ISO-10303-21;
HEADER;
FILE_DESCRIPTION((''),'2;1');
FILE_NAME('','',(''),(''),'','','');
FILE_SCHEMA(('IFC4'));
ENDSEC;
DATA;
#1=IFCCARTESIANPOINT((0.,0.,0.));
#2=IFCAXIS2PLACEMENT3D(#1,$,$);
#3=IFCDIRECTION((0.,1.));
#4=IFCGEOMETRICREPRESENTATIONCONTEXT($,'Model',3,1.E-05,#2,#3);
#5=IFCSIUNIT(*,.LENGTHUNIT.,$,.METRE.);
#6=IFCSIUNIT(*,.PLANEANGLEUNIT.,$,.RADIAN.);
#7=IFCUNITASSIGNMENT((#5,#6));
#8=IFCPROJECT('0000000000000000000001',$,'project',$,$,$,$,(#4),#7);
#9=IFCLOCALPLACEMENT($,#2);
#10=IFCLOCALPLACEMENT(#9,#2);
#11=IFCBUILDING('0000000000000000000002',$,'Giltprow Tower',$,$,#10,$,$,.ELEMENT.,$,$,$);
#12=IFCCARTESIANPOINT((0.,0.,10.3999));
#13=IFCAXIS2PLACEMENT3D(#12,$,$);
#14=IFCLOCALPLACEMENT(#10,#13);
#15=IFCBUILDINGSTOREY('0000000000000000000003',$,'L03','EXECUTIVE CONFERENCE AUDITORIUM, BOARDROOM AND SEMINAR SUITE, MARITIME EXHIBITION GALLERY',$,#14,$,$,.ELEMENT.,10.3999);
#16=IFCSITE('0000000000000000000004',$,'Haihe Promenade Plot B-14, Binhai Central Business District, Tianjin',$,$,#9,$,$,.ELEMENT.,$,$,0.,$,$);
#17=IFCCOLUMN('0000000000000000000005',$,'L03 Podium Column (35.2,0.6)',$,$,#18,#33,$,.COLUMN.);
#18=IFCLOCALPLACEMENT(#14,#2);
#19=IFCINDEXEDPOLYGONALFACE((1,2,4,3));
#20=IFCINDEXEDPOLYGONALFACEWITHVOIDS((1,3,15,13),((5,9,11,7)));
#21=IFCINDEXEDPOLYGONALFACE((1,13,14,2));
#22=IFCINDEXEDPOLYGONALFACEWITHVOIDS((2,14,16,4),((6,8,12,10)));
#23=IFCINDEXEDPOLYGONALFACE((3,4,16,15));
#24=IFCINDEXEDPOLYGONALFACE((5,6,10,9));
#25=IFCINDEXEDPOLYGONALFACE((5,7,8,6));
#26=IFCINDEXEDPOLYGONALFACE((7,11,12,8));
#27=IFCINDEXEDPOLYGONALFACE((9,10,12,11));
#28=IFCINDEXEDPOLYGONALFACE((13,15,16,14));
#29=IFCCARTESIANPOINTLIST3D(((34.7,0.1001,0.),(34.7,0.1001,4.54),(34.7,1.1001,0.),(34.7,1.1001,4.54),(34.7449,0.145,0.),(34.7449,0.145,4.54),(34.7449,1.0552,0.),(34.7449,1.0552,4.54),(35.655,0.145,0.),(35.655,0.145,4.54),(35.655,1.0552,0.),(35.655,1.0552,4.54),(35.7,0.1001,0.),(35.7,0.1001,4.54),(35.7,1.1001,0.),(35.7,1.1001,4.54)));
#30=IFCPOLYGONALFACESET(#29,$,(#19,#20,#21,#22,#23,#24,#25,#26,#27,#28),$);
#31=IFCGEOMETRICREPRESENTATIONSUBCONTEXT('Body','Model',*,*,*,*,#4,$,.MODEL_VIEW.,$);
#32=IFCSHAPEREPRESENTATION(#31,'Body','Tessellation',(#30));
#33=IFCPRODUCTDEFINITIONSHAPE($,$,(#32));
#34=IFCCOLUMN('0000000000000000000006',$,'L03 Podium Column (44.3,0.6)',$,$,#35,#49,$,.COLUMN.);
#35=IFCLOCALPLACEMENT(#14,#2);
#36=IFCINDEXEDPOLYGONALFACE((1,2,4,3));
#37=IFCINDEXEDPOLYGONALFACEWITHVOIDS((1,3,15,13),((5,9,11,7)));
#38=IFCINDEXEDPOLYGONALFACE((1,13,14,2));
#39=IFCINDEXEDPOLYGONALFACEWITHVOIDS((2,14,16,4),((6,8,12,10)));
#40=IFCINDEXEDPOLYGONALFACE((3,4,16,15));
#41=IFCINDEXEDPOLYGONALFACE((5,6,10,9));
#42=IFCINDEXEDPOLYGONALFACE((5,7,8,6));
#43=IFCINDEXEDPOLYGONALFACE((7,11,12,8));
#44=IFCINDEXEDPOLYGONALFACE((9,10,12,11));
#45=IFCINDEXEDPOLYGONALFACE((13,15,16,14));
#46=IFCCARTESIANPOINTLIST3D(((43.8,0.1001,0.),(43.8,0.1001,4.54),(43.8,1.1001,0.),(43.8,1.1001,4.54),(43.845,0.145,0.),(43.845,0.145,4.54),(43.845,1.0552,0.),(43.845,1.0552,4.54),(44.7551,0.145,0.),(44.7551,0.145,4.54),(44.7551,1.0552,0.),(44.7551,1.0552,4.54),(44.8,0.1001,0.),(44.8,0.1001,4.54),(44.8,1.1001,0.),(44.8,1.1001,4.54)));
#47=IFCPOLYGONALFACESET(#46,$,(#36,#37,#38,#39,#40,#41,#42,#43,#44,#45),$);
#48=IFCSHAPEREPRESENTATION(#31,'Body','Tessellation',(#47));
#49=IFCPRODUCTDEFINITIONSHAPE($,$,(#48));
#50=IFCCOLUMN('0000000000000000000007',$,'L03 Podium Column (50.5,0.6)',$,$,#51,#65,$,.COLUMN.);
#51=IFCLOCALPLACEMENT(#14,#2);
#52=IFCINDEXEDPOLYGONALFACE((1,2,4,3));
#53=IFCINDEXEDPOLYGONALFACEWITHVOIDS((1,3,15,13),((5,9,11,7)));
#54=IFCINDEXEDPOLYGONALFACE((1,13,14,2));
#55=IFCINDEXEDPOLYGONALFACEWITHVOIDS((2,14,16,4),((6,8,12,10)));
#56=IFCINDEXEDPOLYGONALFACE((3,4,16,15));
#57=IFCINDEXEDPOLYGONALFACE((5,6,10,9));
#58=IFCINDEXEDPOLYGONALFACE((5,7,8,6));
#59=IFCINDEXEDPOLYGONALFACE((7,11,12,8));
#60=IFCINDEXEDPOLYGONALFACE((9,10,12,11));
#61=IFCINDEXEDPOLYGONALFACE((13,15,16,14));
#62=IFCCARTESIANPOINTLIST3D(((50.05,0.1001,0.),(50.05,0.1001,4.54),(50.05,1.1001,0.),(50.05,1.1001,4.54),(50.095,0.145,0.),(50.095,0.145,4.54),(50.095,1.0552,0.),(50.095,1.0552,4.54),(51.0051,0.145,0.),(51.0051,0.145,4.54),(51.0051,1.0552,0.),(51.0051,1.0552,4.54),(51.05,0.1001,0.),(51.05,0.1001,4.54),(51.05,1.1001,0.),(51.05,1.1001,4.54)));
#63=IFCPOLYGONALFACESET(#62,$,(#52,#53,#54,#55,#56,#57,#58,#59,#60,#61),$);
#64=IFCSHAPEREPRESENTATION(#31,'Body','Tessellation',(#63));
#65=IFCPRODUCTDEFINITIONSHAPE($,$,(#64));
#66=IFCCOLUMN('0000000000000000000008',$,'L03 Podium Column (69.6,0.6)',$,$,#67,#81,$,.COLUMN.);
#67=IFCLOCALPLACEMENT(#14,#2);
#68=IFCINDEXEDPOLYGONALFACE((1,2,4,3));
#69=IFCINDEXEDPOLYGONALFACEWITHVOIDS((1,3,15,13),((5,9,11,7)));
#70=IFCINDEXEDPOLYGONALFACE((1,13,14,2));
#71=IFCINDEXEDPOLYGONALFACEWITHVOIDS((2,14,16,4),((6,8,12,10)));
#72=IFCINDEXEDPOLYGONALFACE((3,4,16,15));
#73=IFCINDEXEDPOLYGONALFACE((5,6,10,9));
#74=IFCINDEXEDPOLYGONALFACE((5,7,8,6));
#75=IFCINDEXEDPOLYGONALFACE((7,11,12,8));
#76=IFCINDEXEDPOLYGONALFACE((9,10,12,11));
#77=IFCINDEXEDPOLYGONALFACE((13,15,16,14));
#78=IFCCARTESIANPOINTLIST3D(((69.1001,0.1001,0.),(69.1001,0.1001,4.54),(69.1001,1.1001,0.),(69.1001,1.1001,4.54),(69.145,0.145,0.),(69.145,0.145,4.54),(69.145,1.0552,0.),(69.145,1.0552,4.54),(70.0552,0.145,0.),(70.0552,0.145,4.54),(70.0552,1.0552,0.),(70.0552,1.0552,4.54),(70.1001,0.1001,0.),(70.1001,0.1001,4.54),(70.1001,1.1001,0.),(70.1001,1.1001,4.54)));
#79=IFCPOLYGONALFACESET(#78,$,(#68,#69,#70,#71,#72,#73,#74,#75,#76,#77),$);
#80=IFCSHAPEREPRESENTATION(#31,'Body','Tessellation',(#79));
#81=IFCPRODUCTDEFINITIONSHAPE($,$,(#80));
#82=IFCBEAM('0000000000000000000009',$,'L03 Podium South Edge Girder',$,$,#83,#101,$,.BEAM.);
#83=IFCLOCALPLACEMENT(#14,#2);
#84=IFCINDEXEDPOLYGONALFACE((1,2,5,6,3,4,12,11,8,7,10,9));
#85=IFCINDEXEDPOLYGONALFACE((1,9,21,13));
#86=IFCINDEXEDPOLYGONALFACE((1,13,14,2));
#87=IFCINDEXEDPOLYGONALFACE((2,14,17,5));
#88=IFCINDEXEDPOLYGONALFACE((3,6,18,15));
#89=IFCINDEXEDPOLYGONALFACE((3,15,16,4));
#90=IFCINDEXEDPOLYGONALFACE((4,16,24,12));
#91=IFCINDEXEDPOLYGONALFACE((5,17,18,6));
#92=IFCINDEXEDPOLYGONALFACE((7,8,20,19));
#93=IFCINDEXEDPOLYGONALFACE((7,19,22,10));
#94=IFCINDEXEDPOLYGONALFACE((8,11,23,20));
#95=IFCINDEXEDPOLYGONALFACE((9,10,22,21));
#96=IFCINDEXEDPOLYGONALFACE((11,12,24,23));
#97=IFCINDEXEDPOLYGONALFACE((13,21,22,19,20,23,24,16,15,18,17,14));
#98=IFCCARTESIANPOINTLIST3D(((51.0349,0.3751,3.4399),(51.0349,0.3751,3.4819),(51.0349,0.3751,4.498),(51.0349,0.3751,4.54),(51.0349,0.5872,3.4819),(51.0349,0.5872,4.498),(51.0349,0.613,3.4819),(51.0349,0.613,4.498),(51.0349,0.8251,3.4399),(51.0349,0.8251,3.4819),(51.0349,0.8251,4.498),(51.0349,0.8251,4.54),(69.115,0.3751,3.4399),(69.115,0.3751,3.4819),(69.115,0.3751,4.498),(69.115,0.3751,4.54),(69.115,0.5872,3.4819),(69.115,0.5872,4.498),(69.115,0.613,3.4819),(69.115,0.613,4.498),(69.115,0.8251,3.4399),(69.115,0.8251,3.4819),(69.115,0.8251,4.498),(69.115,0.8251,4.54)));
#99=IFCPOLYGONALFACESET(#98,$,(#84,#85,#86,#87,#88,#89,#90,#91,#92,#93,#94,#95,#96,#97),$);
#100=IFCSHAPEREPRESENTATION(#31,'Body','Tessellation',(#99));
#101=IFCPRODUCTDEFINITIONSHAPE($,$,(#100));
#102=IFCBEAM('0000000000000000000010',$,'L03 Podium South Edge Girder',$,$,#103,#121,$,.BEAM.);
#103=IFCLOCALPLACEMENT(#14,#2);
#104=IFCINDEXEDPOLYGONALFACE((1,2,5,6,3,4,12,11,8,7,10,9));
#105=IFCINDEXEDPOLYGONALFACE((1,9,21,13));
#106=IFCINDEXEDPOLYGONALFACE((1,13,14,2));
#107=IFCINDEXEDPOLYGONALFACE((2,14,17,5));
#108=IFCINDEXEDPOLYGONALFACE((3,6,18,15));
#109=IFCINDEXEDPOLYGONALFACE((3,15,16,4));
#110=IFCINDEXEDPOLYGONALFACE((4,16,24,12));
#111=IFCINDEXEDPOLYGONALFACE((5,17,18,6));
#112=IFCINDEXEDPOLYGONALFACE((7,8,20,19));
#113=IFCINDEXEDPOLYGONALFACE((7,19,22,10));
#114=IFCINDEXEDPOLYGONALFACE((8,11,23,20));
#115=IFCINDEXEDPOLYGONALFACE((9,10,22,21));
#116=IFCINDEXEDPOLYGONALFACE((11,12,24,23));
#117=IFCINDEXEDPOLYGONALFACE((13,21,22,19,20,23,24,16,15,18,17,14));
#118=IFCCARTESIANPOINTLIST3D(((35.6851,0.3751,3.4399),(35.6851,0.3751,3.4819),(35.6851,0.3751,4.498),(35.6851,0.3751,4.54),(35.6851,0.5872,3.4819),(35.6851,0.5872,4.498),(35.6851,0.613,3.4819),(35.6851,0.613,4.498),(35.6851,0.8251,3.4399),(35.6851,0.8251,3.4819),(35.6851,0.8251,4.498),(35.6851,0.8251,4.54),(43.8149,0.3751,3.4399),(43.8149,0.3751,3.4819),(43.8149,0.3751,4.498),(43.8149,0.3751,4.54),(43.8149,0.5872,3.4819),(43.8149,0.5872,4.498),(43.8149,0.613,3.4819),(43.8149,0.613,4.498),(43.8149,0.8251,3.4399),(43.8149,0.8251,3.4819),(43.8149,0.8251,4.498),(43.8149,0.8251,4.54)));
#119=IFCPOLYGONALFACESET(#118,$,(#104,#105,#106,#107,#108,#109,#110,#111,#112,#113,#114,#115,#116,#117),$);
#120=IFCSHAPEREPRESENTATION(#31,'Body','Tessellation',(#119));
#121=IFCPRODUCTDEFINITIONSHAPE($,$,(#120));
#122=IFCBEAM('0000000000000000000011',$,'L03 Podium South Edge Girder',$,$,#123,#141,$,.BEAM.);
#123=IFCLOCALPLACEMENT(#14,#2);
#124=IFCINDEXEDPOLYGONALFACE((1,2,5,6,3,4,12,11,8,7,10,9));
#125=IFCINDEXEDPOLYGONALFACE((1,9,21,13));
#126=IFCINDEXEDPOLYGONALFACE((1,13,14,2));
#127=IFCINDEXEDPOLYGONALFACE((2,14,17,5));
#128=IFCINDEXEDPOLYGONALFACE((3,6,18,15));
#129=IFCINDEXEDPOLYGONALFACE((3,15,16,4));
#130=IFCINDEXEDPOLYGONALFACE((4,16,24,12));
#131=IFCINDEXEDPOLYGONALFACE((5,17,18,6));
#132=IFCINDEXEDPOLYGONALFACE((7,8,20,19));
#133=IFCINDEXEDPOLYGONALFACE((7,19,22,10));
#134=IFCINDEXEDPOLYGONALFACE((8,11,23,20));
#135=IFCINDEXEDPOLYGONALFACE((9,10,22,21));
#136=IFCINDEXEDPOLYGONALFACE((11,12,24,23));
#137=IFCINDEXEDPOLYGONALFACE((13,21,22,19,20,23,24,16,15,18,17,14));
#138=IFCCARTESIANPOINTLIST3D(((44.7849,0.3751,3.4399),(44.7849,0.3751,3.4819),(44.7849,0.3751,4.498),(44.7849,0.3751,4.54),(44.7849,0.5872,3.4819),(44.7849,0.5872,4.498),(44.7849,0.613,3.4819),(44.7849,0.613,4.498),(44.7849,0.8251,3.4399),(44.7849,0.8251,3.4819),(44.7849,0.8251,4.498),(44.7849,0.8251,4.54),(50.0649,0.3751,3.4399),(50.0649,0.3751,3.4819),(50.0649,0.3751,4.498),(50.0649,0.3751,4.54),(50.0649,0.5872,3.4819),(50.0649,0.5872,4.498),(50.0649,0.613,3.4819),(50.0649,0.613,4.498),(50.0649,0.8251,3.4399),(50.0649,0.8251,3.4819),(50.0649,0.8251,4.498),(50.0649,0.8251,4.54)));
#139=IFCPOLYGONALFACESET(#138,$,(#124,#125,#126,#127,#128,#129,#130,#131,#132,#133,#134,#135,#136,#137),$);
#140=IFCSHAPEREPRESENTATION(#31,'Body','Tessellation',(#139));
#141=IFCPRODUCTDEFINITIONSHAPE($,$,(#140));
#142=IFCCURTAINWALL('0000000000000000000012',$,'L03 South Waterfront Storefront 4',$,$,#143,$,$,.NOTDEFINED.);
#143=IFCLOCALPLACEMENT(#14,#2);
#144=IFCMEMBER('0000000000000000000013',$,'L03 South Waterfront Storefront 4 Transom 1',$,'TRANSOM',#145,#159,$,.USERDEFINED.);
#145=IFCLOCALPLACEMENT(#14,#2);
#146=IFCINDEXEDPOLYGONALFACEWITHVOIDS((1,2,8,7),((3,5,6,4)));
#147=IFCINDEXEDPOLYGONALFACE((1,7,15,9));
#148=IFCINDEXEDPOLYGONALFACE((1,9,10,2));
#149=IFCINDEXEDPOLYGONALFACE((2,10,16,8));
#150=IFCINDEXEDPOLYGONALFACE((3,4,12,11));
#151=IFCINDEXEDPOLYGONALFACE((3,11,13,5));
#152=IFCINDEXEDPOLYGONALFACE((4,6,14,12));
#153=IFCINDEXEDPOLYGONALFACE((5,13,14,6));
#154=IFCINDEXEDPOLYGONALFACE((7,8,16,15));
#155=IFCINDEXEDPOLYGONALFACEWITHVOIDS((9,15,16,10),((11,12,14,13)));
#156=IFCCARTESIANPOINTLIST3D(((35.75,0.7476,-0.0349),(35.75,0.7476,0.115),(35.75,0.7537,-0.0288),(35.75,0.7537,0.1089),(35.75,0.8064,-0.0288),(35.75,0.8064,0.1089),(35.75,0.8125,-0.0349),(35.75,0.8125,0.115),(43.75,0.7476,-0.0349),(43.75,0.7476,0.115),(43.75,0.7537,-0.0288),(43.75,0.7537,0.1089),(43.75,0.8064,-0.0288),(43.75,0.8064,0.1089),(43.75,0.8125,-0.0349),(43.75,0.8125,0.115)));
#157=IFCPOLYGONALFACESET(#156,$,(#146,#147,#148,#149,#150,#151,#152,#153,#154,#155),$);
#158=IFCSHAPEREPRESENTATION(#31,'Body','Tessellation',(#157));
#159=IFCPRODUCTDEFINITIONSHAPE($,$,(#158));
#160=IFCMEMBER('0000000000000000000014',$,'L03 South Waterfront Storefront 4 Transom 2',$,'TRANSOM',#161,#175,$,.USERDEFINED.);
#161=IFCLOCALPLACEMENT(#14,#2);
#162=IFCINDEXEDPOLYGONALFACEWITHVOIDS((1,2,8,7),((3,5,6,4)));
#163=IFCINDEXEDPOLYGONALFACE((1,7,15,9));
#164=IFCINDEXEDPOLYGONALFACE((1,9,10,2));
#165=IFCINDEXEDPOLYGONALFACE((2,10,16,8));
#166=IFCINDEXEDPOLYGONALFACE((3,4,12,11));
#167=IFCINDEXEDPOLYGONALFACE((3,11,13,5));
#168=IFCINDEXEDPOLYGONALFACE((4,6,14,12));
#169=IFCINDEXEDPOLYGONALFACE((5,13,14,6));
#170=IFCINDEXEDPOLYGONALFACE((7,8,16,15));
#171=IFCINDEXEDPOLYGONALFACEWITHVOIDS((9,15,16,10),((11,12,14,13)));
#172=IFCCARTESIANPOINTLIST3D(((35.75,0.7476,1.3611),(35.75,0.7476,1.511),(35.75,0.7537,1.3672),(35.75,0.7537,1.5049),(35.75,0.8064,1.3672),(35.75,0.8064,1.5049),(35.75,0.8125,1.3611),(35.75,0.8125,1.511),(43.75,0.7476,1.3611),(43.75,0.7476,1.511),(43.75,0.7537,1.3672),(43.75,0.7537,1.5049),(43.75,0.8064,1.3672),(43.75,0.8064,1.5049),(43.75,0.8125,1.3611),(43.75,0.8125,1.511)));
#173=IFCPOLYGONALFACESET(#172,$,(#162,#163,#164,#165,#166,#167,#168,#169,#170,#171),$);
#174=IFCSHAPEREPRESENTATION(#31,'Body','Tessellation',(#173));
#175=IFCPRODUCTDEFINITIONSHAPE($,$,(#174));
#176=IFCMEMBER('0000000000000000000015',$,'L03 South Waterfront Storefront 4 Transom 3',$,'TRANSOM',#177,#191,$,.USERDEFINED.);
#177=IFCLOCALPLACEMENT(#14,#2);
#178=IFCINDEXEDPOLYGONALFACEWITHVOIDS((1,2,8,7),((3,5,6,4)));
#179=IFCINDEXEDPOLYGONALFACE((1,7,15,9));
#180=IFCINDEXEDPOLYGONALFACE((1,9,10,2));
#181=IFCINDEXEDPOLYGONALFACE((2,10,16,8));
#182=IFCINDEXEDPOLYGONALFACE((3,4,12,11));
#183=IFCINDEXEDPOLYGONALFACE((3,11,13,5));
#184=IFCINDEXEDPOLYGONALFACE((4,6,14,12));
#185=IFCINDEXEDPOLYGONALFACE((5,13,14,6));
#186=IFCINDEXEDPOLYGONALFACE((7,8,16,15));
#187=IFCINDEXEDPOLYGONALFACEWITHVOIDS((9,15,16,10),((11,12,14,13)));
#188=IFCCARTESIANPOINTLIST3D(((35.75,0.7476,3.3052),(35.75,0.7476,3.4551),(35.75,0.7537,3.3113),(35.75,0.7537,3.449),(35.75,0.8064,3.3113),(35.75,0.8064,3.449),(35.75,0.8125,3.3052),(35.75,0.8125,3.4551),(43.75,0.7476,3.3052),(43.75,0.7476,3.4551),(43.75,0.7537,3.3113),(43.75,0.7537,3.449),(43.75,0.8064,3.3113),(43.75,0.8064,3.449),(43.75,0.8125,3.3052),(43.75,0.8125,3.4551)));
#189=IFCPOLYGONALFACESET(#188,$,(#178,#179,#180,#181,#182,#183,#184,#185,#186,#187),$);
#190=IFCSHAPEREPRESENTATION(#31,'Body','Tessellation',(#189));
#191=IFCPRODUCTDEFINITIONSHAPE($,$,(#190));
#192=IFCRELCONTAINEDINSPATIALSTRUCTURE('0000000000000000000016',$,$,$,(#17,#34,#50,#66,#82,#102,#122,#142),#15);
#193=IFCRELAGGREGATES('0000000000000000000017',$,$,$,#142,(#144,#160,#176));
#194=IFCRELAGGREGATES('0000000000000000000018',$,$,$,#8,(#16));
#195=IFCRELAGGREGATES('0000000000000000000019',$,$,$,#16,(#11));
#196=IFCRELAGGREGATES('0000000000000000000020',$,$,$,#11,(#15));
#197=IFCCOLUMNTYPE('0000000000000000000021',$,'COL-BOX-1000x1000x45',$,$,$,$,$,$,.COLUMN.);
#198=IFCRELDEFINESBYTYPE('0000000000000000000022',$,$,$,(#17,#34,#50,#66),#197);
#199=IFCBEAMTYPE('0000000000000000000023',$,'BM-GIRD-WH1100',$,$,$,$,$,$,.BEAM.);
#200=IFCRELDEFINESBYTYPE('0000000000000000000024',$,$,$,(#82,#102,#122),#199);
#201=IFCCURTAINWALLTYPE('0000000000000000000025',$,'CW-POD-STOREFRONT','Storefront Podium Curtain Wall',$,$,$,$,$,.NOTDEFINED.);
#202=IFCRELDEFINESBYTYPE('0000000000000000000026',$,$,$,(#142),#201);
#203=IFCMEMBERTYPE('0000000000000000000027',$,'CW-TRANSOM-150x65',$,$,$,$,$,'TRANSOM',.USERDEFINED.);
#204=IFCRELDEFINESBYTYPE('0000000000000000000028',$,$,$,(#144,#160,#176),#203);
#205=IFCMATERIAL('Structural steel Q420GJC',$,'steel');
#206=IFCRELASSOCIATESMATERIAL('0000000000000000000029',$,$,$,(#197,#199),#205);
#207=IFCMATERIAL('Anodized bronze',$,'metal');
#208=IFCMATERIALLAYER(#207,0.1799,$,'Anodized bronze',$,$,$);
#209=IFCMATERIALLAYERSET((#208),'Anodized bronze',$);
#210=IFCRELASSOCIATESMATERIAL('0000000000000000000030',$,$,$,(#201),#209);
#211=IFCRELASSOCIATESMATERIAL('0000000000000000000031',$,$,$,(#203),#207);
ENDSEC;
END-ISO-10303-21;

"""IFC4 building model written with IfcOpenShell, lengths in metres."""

from ifc_helpers import new_model, si_unit, direction, frame, origin, origin_2d, place, context, subcontext, project, spatial, hollow_rectangle, i_section, extrude, source, transform, mapped, material, layer, layer_set, material_profile, profile_set, type_object, element, aggregate, save


model = new_model("IFC4")

# Units and contexts
model_context = context("Model", 3, precision=1e-05, world=origin(), true_north=direction((0.0, 1.0)))
body_context = subcontext(model_context, "Body", "Model", "MODEL_VIEW")
ifc_project = project(units=[si_unit("LENGTHUNIT", "METRE"), si_unit("PLANEANGLEUNIT", "RADIAN")], contexts=[model_context])

# Site, building, storey
site_placement = place(None, origin())
site = spatial("IfcSite", under=ifc_project, at=site_placement, Name="Haihe Promenade Plot B-14, Binhai Central Business District, Tianjin", CompositionType="ELEMENT", RefElevation=0.0)
building_placement = place(site_placement, origin())
building = spatial("IfcBuilding", under=site, at=building_placement, Name="Giltprow Tower", CompositionType="ELEMENT")
storey_placement = place(building_placement, frame((0.0, 0.0, 10.3999)))
storey = spatial("IfcBuildingStorey", under=building, at=storey_placement, Name="L03", Description="EXECUTIVE CONFERENCE AUDITORIUM, BOARDROOM AND SEMINAR SUITE, MARITIME EXHIBITION GALLERY", CompositionType="ELEMENT", Elevation=10.3999)

# Columns
ifc_material_1 = material(Name="Structural steel Q420GJC", Category="steel")
ifc_material_profile_1 = material_profile(ifc_material_1, hollow_rectangle(XDim=1.0, YDim=1.0, WallThickness=0.0449, at=origin_2d()), Name="BOX 1000x1000x45")
ifc_profile_set_1 = profile_set([ifc_material_profile_1], Name="Structural steel Q420GJC")
column_type = type_object("IfcColumnType", Name="COL-BOX-1000x1000x45", PredefinedType="COLUMN", material=ifc_profile_set_1)
shared_shape_1 = source(origin(), body_context, "Body", "SweptSolid", [
    extrude(hollow_rectangle(XDim=1.0, YDim=1.0, WallThickness=0.0449, at=origin_2d()), origin(), (0.0, 0.0, 1.0), 4.54),
])
for number, where, z_axis, x_axis, name in (
    (1, (35.2, 0.6001, 0.0), (0.0, 0.0, 1.0), (1.0, 0.0, 0.0), "L03 Podium Column (35.2,0.6)"),
    (2, (44.3, 0.6001, 0.0), (0.0, 0.0, 1.0), (1.0, 0.0, 0.0), "L03 Podium Column (44.3,0.6)"),
    (3, (50.55, 0.6001, 0.0), (0.0, 0.0, 1.0), (1.0, 0.0, 0.0), "L03 Podium Column (50.5,0.6)"),
    (4, (69.6001, 0.6001, 0.0), (0.0, 0.0, 1.0), (1.0, 0.0, 0.0), "L03 Podium Column (69.6,0.6)"),
):
    element("IfcColumn", number, at=place(storey_placement, frame(where, z_axis=z_axis, x_axis=x_axis)), inside=storey, type_object=column_type, Name=name, PredefinedType="COLUMN", context=body_context, shape_type="MappedRepresentation", body=[
        mapped(shared_shape_1, transform((0.0, 0.0, 0.0), x_axis=(1.0, 0.0, 0.0), y_axis=(0.0, 1.0, 0.0), z_axis=(0.0, 0.0, 1.0), scale=1.0)),
    ])

# Beams
ifc_material_profile_2 = material_profile(ifc_material_1, i_section(OverallWidth=0.45, OverallDepth=1.1001, WebThickness=0.0259, FlangeThickness=0.042, at=origin_2d()), Name="WH 1100x450x26x42")
ifc_profile_set_2 = profile_set([ifc_material_profile_2], Name="Structural steel Q420GJC")
beam_type = type_object("IfcBeamType", Name="BM-GIRD-WH1100", PredefinedType="BEAM", material=ifc_profile_set_2)
shared_shape_2 = source(origin(), body_context, "Body", "SweptSolid", [
    extrude(i_section(OverallWidth=0.45, OverallDepth=1.1001, WebThickness=0.0259, FlangeThickness=0.042, at=origin_2d()), origin(), (0.0, 0.0, 1.0), 18.0801),
])
beam_1_placement = place(storey_placement, frame((51.0349, 0.6001, 3.99), z_axis=(1.0, 0.0, 0.0), x_axis=(0.0, 1.0, 0.0)))
element("IfcBeam", 5, at=beam_1_placement, inside=storey, type_object=beam_type, Name="L03 Podium South Edge Girder", PredefinedType="BEAM", context=body_context, shape_type="MappedRepresentation", body=[
    mapped(shared_shape_2, transform((0.0, 0.0, 0.0), x_axis=(1.0, 0.0, 0.0), y_axis=(0.0, 1.0, 0.0), z_axis=(0.0, 0.0, 1.0), scale=1.0)),
])
shared_shape_3 = source(origin(), body_context, "Body", "SweptSolid", [
    extrude(i_section(OverallWidth=0.45, OverallDepth=1.1001, WebThickness=0.0259, FlangeThickness=0.042, at=origin_2d()), origin(), (0.0, 0.0, 1.0), 8.1299),
])
beam_2_placement = place(storey_placement, frame((35.6851, 0.6001, 3.99), z_axis=(1.0, 0.0, 0.0), x_axis=(0.0, 1.0, 0.0)))
element("IfcBeam", 6, at=beam_2_placement, inside=storey, type_object=beam_type, Name="L03 Podium South Edge Girder", PredefinedType="BEAM", context=body_context, shape_type="MappedRepresentation", body=[
    mapped(shared_shape_3, transform((0.0, 0.0, 0.0), x_axis=(1.0, 0.0, 0.0), y_axis=(0.0, 1.0, 0.0), z_axis=(0.0, 0.0, 1.0), scale=1.0)),
])
shared_shape_4 = source(origin(), body_context, "Body", "SweptSolid", [
    extrude(i_section(OverallWidth=0.45, OverallDepth=1.1001, WebThickness=0.0259, FlangeThickness=0.042, at=origin_2d()), origin(), (0.0, 0.0, 1.0), 5.28),
])
beam_3_placement = place(storey_placement, frame((44.7849, 0.6001, 3.99), z_axis=(1.0, 0.0, 0.0), x_axis=(0.0, 1.0, 0.0)))
element("IfcBeam", 7, at=beam_3_placement, inside=storey, type_object=beam_type, Name="L03 Podium South Edge Girder", PredefinedType="BEAM", context=body_context, shape_type="MappedRepresentation", body=[
    mapped(shared_shape_4, transform((0.0, 0.0, 0.0), x_axis=(1.0, 0.0, 0.0), y_axis=(0.0, 1.0, 0.0), z_axis=(0.0, 0.0, 1.0), scale=1.0)),
])

# Curtain wall, members
ifc_material_2 = material(Name="Anodized bronze", Category="metal")
ifc_layer_1 = layer(ifc_material_2, 0.1799, Name="Anodized bronze")
ifc_layer_set_1 = layer_set([ifc_layer_1], Name="Anodized bronze")
curtain_wall_type = type_object("IfcCurtainWallType", Name="CW-POD-STOREFRONT", Description="Storefront Podium Curtain Wall", PredefinedType="NOTDEFINED", material=ifc_layer_set_1)
curtain_wall_1_placement = place(storey_placement, origin())
curtain_wall_1 = element("IfcCurtainWall", 8, at=curtain_wall_1_placement, inside=storey, type_object=curtain_wall_type, Name="L03 South Waterfront Storefront 4", PredefinedType="NOTDEFINED")
ifc_material_profile_3 = material_profile(ifc_material_2, hollow_rectangle(XDim=0.0649, YDim=0.1499, WallThickness=0.0061, at=origin_2d()), Name="RHS 150x65x6")
ifc_profile_set_3 = profile_set([ifc_material_profile_3], Name="Anodized bronze")
member_type_1 = type_object("IfcMemberType", Name="CW-TRANSOM-150x65", ElementType="TRANSOM", PredefinedType="USERDEFINED", material=ifc_profile_set_3)
shared_shape_5 = source(origin(), body_context, "Body", "SweptSolid", [
    extrude(hollow_rectangle(XDim=0.0649, YDim=0.1499, WallThickness=0.0061, at=origin_2d()), origin(), (0.0, 0.0, 1.0), 8.0),
])
member_1_placement = place(storey_placement, frame((35.75, 0.78, 0.04), z_axis=(1.0, 0.0, 0.0), x_axis=(0.0, 1.0, 0.0)))
member_1 = element("IfcMember", 9, at=member_1_placement, type_object=member_type_1, Name="L03 South Waterfront Storefront 4 Transom 1", ObjectType="TRANSOM", PredefinedType="USERDEFINED", context=body_context, shape_type="MappedRepresentation", body=[
    mapped(shared_shape_5, transform((0.0, 0.0, 0.0), x_axis=(1.0, 0.0, 0.0), y_axis=(0.0, 1.0, 0.0), z_axis=(0.0, 0.0, 1.0), scale=1.0)),
])
member_2_placement = place(storey_placement, frame((35.75, 0.78, 1.436), z_axis=(1.0, 0.0, 0.0), x_axis=(0.0, 1.0, 0.0)))
member_2 = element("IfcMember", 10, at=member_2_placement, type_object=member_type_1, Name="L03 South Waterfront Storefront 4 Transom 2", ObjectType="TRANSOM", PredefinedType="USERDEFINED", context=body_context, shape_type="MappedRepresentation", body=[
    mapped(shared_shape_5, transform((0.0, 0.0, 0.0), x_axis=(1.0, 0.0, 0.0), y_axis=(0.0, 1.0, 0.0), z_axis=(0.0, 0.0, 1.0), scale=1.0)),
])
member_3_placement = place(storey_placement, frame((35.75, 0.78, 3.3801), z_axis=(1.0, 0.0, 0.0), x_axis=(0.0, 1.0, 0.0)))
member_3 = element("IfcMember", 11, at=member_3_placement, type_object=member_type_1, Name="L03 South Waterfront Storefront 4 Transom 3", ObjectType="TRANSOM", PredefinedType="USERDEFINED", context=body_context, shape_type="MappedRepresentation", body=[
    mapped(shared_shape_5, transform((0.0, 0.0, 0.0), x_axis=(1.0, 0.0, 0.0), y_axis=(0.0, 1.0, 0.0), z_axis=(0.0, 0.0, 1.0), scale=1.0)),
])

aggregate(curtain_wall_1, [member_1, member_2, member_3])

save(model, "model.ifc")
